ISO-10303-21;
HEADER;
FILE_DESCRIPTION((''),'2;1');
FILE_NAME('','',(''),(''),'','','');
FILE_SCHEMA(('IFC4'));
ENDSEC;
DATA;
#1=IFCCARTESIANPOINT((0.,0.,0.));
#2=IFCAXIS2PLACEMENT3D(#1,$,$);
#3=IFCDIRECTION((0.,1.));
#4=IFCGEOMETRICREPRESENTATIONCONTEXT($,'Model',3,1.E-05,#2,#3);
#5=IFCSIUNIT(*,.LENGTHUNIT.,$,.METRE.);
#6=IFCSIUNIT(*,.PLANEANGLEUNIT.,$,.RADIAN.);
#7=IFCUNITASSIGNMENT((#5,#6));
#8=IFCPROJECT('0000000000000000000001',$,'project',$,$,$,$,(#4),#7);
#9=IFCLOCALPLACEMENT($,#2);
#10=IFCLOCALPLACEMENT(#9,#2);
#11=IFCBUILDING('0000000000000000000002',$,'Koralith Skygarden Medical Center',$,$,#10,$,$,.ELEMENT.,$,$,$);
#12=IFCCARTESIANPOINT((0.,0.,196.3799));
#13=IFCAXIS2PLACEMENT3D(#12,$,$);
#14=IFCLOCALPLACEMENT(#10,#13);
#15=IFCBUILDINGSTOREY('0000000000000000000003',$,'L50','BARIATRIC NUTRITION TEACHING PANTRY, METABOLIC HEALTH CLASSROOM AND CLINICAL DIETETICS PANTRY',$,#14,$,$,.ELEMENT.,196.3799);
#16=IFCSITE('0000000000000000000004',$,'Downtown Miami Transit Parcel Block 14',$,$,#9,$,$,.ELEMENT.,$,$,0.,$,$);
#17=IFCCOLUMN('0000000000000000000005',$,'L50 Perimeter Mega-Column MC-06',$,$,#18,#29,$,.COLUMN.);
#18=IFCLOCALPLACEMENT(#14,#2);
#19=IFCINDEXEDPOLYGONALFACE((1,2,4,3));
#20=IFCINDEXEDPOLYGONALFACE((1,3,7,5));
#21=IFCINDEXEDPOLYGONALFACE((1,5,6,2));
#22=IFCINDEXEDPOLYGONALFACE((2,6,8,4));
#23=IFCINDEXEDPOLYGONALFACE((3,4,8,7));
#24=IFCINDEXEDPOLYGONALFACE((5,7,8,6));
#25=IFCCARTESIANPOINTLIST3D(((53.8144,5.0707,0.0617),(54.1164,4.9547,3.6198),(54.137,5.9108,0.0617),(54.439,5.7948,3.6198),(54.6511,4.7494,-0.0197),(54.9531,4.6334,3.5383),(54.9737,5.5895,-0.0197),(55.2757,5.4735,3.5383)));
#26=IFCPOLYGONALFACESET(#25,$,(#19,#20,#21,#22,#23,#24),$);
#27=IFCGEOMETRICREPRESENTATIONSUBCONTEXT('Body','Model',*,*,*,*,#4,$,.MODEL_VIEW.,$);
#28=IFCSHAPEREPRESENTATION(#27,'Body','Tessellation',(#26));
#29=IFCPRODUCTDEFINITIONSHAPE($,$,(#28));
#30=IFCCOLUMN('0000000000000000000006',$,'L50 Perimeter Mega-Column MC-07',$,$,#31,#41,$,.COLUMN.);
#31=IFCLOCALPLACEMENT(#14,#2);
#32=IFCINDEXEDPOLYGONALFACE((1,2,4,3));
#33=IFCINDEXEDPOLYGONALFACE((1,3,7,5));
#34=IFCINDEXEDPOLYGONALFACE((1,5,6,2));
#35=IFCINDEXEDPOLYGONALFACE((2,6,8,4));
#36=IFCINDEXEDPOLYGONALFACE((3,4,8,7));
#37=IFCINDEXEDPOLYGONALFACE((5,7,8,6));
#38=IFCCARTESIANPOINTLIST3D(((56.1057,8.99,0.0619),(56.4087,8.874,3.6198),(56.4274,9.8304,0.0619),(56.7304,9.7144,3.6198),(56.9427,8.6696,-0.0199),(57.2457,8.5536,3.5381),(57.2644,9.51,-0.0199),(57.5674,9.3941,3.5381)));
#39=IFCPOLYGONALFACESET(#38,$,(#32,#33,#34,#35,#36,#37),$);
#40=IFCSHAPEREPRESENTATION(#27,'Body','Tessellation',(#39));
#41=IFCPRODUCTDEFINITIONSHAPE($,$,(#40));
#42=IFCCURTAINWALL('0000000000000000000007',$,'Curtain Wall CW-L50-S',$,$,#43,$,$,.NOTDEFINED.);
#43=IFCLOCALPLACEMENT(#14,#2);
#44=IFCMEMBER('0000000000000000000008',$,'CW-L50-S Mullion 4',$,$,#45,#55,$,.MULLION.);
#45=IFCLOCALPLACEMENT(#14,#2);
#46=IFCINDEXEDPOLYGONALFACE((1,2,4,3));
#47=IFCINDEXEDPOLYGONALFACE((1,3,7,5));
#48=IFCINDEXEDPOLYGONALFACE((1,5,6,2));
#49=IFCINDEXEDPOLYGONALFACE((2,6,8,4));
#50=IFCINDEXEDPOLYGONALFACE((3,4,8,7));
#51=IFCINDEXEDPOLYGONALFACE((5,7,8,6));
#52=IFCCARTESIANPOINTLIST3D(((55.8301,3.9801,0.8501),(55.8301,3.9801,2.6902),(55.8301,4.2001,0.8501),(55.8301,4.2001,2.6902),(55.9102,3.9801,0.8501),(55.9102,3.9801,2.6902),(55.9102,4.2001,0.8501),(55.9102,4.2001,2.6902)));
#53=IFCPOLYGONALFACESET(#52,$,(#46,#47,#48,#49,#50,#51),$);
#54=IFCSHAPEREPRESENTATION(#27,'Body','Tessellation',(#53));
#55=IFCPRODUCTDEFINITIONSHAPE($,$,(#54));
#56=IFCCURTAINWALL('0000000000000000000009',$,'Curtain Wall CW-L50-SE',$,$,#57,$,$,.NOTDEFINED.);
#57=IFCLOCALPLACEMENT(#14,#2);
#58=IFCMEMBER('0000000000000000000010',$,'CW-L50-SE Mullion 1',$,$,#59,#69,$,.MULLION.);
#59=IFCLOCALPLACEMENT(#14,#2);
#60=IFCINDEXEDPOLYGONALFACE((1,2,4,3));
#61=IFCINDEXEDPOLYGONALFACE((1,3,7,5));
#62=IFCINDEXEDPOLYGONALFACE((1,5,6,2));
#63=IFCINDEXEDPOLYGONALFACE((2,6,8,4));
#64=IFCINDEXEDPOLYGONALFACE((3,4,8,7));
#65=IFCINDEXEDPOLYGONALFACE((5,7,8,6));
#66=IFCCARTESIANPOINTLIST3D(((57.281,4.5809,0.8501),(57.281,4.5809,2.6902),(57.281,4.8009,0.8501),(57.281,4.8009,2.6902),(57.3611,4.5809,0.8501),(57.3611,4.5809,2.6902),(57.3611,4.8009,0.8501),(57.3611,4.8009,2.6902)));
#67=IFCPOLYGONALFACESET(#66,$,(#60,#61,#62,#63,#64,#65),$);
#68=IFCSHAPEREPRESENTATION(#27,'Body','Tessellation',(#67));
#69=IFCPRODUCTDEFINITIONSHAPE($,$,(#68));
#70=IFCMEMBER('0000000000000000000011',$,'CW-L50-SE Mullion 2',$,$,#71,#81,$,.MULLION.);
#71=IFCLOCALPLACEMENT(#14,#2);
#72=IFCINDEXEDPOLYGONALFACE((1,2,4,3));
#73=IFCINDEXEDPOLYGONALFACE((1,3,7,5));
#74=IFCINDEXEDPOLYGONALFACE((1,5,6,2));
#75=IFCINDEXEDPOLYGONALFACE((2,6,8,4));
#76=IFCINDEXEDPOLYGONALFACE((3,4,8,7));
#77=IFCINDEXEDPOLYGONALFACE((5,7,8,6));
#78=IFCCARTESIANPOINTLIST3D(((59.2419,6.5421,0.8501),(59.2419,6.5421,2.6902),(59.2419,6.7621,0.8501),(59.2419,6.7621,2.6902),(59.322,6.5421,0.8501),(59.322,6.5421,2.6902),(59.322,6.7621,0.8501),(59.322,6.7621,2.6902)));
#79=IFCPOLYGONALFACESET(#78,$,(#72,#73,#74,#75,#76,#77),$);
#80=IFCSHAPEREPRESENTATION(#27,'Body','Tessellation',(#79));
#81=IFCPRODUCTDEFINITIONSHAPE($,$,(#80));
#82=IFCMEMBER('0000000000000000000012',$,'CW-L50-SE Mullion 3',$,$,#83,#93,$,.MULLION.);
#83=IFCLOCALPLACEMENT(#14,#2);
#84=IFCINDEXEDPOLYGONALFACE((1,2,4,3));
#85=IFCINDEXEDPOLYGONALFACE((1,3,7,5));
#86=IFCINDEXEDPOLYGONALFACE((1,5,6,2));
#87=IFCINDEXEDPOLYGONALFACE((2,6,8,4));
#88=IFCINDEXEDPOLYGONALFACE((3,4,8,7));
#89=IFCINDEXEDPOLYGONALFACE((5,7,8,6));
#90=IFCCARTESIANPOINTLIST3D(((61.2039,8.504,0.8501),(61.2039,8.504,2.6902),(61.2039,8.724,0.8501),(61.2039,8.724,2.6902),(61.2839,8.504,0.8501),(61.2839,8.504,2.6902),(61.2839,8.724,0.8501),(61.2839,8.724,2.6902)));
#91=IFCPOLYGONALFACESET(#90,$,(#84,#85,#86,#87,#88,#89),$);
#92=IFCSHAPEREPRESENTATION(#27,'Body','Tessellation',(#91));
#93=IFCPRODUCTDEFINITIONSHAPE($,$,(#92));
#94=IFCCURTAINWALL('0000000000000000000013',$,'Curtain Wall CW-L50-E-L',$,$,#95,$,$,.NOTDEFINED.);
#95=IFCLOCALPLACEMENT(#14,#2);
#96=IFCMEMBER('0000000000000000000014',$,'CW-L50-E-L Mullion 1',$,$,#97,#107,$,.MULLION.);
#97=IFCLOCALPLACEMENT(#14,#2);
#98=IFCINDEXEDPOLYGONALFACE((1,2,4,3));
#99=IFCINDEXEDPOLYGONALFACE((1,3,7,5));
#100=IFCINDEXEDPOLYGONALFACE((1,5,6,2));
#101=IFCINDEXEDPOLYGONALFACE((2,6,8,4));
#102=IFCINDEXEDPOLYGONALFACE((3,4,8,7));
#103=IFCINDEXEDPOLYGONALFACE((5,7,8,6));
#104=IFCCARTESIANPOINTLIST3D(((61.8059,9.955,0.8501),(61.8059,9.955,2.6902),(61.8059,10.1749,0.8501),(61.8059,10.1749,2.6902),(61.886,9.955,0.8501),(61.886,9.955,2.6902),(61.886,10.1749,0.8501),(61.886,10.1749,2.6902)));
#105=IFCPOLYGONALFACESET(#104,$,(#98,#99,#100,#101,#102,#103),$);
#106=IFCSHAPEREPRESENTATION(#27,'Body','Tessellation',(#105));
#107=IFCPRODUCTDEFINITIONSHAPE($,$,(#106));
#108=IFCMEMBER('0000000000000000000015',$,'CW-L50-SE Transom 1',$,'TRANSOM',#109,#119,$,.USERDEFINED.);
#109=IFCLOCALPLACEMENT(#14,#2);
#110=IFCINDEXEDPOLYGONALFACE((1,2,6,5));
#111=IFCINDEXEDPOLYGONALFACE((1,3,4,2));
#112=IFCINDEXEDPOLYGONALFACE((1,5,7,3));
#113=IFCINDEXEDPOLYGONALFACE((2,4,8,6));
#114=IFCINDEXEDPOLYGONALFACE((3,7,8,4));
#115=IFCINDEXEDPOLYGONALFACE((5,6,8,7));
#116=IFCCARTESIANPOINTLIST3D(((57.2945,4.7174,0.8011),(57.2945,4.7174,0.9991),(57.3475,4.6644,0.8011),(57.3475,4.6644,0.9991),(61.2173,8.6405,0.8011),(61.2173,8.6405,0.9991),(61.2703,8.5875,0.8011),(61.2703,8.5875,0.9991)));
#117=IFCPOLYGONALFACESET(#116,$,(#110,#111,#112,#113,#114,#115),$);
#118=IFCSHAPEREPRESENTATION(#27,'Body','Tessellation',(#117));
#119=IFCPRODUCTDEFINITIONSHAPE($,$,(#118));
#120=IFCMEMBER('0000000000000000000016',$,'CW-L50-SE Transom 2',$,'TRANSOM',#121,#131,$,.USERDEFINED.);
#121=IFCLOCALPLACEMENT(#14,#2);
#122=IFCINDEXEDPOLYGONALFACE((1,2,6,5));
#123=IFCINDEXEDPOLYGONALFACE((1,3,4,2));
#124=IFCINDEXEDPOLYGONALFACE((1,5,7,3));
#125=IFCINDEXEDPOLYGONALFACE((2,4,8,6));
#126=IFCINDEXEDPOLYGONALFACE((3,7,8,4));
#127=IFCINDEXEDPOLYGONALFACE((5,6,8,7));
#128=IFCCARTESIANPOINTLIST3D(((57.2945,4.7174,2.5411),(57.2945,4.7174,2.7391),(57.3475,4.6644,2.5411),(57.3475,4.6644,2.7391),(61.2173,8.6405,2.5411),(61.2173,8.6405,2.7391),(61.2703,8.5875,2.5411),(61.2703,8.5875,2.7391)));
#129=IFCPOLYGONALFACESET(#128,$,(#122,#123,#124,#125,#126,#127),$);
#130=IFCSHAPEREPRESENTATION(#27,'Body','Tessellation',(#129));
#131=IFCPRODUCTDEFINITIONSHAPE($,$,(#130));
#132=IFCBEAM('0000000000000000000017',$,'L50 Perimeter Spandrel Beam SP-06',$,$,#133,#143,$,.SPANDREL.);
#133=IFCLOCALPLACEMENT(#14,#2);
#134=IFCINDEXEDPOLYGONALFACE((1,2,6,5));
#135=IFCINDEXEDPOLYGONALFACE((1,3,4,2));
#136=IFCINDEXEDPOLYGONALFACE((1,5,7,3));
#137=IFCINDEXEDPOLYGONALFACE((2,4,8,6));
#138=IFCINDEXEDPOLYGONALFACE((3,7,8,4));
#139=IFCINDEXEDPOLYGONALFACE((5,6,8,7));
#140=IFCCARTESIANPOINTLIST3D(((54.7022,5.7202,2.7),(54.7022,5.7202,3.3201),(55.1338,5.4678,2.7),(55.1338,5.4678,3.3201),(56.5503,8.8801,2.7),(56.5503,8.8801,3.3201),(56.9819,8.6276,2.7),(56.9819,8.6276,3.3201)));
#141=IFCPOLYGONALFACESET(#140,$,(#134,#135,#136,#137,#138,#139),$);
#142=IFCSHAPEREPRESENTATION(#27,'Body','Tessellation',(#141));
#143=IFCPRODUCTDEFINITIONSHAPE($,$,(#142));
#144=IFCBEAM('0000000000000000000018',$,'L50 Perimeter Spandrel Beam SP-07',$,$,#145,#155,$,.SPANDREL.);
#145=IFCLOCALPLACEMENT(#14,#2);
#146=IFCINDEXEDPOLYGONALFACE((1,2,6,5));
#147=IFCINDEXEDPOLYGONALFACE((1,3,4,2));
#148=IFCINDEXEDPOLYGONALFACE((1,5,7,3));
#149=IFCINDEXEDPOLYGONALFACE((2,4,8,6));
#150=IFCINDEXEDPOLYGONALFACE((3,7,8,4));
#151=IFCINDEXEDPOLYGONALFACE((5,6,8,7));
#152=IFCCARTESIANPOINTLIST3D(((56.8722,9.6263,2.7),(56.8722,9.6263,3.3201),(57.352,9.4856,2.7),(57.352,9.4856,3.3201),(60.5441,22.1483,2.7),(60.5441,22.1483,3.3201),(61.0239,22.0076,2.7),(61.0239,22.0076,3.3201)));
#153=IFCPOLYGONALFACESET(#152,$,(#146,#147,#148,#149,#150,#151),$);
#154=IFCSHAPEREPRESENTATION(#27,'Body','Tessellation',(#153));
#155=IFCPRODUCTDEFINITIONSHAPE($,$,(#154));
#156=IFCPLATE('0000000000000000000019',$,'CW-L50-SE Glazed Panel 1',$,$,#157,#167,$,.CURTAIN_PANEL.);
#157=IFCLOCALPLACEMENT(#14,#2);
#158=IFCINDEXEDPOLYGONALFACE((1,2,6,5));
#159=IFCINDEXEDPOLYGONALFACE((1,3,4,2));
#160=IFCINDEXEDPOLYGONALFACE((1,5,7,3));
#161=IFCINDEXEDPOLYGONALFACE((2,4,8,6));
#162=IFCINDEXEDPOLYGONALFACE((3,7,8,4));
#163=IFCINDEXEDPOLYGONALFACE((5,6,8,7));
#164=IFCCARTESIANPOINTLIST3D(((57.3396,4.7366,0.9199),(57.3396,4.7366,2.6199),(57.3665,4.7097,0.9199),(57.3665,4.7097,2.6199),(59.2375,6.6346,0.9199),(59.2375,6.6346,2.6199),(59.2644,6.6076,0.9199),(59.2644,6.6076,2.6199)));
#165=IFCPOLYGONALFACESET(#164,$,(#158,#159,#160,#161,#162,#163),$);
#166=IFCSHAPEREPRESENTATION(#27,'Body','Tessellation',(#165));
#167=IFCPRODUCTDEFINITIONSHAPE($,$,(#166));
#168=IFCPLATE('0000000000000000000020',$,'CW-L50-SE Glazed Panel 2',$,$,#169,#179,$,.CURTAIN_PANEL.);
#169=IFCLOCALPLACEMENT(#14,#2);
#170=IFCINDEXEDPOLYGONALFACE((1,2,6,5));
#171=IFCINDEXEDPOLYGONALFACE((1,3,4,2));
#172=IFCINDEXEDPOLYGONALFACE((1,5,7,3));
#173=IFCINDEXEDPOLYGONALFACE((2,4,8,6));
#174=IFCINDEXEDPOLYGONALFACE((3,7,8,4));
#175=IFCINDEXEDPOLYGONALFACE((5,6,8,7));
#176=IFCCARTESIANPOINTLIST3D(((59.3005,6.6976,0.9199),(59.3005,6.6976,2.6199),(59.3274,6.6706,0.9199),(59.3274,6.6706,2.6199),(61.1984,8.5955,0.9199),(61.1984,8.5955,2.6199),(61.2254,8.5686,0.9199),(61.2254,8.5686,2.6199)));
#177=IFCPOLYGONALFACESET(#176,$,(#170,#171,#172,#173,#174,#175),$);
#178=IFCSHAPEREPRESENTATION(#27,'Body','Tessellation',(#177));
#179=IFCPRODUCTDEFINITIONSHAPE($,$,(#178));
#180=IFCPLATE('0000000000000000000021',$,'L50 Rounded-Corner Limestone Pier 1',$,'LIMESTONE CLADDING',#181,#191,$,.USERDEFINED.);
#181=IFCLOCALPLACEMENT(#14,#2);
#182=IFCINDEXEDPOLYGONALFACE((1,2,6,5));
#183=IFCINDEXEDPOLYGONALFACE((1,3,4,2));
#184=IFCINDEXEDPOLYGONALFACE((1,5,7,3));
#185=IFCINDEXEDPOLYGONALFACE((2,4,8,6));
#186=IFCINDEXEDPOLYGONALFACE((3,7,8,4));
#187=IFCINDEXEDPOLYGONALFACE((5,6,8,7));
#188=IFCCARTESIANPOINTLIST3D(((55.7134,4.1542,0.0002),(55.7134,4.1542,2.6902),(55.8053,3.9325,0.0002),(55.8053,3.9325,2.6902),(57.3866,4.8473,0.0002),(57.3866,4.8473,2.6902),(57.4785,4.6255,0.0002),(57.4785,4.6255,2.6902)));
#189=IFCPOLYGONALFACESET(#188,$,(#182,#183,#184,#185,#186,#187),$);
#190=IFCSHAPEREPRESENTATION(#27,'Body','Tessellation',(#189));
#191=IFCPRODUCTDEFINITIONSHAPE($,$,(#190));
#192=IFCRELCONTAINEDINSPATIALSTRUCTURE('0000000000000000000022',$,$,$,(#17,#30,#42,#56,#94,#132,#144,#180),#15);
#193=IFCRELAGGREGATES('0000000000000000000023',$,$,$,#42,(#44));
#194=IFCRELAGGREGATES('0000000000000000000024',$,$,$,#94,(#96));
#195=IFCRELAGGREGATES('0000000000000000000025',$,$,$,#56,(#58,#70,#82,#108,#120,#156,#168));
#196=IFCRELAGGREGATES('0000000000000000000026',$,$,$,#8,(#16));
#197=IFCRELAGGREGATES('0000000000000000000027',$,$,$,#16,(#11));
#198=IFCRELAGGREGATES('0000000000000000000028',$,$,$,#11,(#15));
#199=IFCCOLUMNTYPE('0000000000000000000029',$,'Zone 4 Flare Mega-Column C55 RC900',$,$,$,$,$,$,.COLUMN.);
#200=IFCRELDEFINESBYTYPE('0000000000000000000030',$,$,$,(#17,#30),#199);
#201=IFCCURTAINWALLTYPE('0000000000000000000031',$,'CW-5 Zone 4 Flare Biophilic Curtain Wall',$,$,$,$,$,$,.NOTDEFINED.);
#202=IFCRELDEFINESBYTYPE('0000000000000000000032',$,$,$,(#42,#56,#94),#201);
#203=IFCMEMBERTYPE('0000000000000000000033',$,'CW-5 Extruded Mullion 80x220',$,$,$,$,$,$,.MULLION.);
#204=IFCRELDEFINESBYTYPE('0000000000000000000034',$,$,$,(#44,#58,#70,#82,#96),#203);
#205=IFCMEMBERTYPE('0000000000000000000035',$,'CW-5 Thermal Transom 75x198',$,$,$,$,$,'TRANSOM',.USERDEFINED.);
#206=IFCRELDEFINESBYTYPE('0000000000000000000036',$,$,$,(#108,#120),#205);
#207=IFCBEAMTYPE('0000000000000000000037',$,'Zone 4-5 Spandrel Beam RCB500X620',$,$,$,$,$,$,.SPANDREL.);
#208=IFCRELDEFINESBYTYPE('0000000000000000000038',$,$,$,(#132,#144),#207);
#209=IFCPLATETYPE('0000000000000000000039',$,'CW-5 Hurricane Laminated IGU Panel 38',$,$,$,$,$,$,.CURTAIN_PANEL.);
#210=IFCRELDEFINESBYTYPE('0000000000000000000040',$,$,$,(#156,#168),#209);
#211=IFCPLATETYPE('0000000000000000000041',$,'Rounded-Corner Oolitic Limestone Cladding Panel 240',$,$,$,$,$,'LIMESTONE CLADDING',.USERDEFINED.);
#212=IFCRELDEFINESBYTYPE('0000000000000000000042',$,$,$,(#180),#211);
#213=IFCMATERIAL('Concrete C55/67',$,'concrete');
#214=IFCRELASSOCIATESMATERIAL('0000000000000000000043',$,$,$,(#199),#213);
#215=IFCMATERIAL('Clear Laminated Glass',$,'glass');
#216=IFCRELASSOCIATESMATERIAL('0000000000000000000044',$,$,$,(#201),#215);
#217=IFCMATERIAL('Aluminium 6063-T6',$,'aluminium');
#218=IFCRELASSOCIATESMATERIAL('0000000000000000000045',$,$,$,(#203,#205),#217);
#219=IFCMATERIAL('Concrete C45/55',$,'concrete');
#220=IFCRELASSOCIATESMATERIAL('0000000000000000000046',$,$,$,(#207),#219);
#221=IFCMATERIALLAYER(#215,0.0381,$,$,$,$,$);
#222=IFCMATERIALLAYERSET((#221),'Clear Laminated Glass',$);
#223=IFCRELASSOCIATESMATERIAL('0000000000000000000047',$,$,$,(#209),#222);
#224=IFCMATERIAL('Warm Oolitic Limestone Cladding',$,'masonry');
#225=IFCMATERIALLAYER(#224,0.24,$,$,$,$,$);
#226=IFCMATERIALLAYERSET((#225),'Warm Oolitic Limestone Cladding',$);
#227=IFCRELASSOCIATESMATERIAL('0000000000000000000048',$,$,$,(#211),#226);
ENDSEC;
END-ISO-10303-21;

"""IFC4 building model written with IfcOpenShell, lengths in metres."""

from ifc_helpers import new_model, si_unit, direction, frame, origin, origin_2d, place, context, subcontext, project, spatial, rectangle, extrude, material, layer, layer_set, material_profile, profile_set, type_object, element, aggregate, save


model = new_model("IFC4")

# Units and contexts
model_context = context("Model", 3, precision=1e-05, world=origin(), true_north=direction((0.0, 1.0)))
body_context = subcontext(model_context, "Body", "Model", "MODEL_VIEW")
ifc_project = project(units=[si_unit("LENGTHUNIT", "METRE"), si_unit("PLANEANGLEUNIT", "RADIAN")], contexts=[model_context])

# Site, building, storey
site_placement = place(None, origin())
site = spatial("IfcSite", under=ifc_project, at=site_placement, Name="Downtown Miami Transit Parcel Block 14", CompositionType="ELEMENT", RefElevation=0.0)
building_placement = place(site_placement, origin())
building = spatial("IfcBuilding", under=site, at=building_placement, Name="Koralith Skygarden Medical Center", CompositionType="ELEMENT")
storey_placement = place(building_placement, frame((0.0, 0.0, 196.3799)))
storey = spatial("IfcBuildingStorey", under=building, at=storey_placement, Name="L50", Description="BARIATRIC NUTRITION TEACHING PANTRY, METABOLIC HEALTH CLASSROOM AND CLINICAL DIETETICS PANTRY", CompositionType="ELEMENT", Elevation=196.3799)

# Columns
ifc_material_1 = material(Name="Concrete C55/67", Category="concrete")
ifc_material_profile_1 = material_profile(ifc_material_1, rectangle(XDim=0.8999, YDim=0.8999, at=origin_2d()), Name="RC900X900")
ifc_profile_set_1 = profile_set([ifc_material_profile_1], Name="Concrete C55/67")
column_type = type_object("IfcColumnType", Name="Zone 4 Flare Mega-Column C55 RC900", PredefinedType="COLUMN", material=ifc_profile_set_1)
for number, where, z_axis, x_axis, name in (
    (1, (54.394, 5.3301, 0.021), (0.084529, -0.032458, 0.995892), (0.358473, 0.93354, 0.0), "L50 Perimeter Mega-Column MC-06"),
    (2, (56.6851, 9.25, 0.021), (0.0848, -0.032458, 0.995869), (0.357466, 0.933926, 0.0), "L50 Perimeter Mega-Column MC-07"),
):
    element("IfcColumn", number, at=place(storey_placement, frame(where, z_axis=z_axis, x_axis=x_axis)), inside=storey, type_object=column_type, Name=name, PredefinedType="COLUMN", context=body_context, shape_type="SweptSolid", body=[
        extrude(rectangle(XDim=0.8999, YDim=0.8999, at=origin_2d()), origin(), (0.0, 0.0, 1.0), 3.5728),
    ])

# Curtain wall, member
ifc_material_2 = material(Name="Clear Laminated Glass", Category="glass")
curtain_wall_type = type_object("IfcCurtainWallType", Name="CW-5 Zone 4 Flare Biophilic Curtain Wall", PredefinedType="NOTDEFINED", material=ifc_material_2)
curtain_wall_1_placement = place(storey_placement, origin())
curtain_wall_1 = element("IfcCurtainWall", 3, at=curtain_wall_1_placement, inside=storey, type_object=curtain_wall_type, Name="Curtain Wall CW-L50-S", PredefinedType="NOTDEFINED")
ifc_material_3 = material(Name="Aluminium 6063-T6", Category="aluminium")
ifc_material_profile_2 = material_profile(ifc_material_3, rectangle(XDim=0.0801, YDim=0.22, at=origin_2d()), Name="MUL80X220")
ifc_profile_set_2 = profile_set([ifc_material_profile_2], Name="Aluminium 6063-T6")
member_type_1 = type_object("IfcMemberType", Name="CW-5 Extruded Mullion 80x220", PredefinedType="MULLION", material=ifc_profile_set_2)
member_1_placement = place(storey_placement, frame((55.8701, 4.0901, 0.8501), z_axis=(0.0, 0.0, 1.0), x_axis=(1.0, 0.0, 0.0)))
member_1 = element("IfcMember", 4, at=member_1_placement, type_object=member_type_1, Name="CW-L50-S Mullion 4", PredefinedType="MULLION", context=body_context, shape_type="SweptSolid", body=[
    extrude(rectangle(XDim=0.0801, YDim=0.22, at=origin_2d()), origin(), (0.0, 0.0, 1.0), 1.8401),
])
aggregate(curtain_wall_1, [member_1])

# Curtain wall, members
curtain_wall_2_placement = place(storey_placement, origin())
curtain_wall_2 = element("IfcCurtainWall", 5, at=curtain_wall_2_placement, inside=storey, type_object=curtain_wall_type, Name="Curtain Wall CW-L50-SE", PredefinedType="NOTDEFINED")
member_2_placement = place(storey_placement, frame((57.321, 4.6909, 0.8501), z_axis=(0.0, 0.0, 1.0), x_axis=(1.0, 0.0, 0.0)))
member_2 = element("IfcMember", 6, at=member_2_placement, type_object=member_type_1, Name="CW-L50-SE Mullion 1", PredefinedType="MULLION", context=body_context, shape_type="SweptSolid", body=[
    extrude(rectangle(XDim=0.0801, YDim=0.22, at=origin_2d()), origin(), (0.0, 0.0, 1.0), 1.8401),
])
member_3_placement = place(storey_placement, frame((59.282, 6.6521, 0.8501), z_axis=(0.0, 0.0, 1.0), x_axis=(1.0, 0.0, 0.0)))
member_3 = element("IfcMember", 7, at=member_3_placement, type_object=member_type_1, Name="CW-L50-SE Mullion 2", PredefinedType="MULLION", context=body_context, shape_type="SweptSolid", body=[
    extrude(rectangle(XDim=0.0801, YDim=0.22, at=origin_2d()), origin(), (0.0, 0.0, 1.0), 1.8401),
])
member_4_placement = place(storey_placement, frame((61.2439, 8.614, 0.8501), z_axis=(0.0, 0.0, 1.0), x_axis=(1.0, 0.0, 0.0)))
member_4 = element("IfcMember", 8, at=member_4_placement, type_object=member_type_1, Name="CW-L50-SE Mullion 3", PredefinedType="MULLION", context=body_context, shape_type="SweptSolid", body=[
    extrude(rectangle(XDim=0.0801, YDim=0.22, at=origin_2d()), origin(), (0.0, 0.0, 1.0), 1.8401),
])

# Curtain wall, member
curtain_wall_3_placement = place(storey_placement, origin())
curtain_wall_3 = element("IfcCurtainWall", 9, at=curtain_wall_3_placement, inside=storey, type_object=curtain_wall_type, Name="Curtain Wall CW-L50-E-L", PredefinedType="NOTDEFINED")
member_5_placement = place(storey_placement, frame((61.8459, 10.0649, 0.8501), z_axis=(0.0, 0.0, 1.0), x_axis=(1.0, 0.0, 0.0)))
member_5 = element("IfcMember", 10, at=member_5_placement, type_object=member_type_1, Name="CW-L50-E-L Mullion 1", PredefinedType="MULLION", context=body_context, shape_type="SweptSolid", body=[
    extrude(rectangle(XDim=0.0801, YDim=0.22, at=origin_2d()), origin(), (0.0, 0.0, 1.0), 1.8401),
])
aggregate(curtain_wall_3, [member_5])

# Members
ifc_material_profile_3 = material_profile(ifc_material_3, rectangle(XDim=0.075, YDim=0.198, at=origin_2d()), Name="TRN75X198")
ifc_profile_set_3 = profile_set([ifc_material_profile_3], Name="Aluminium 6063-T6")
member_type_2 = type_object("IfcMemberType", Name="CW-5 Thermal Transom 75x198", ElementType="TRANSOM", PredefinedType="USERDEFINED", material=ifc_profile_set_3)
member_6_placement = place(storey_placement, frame((57.321, 4.6909, 0.9001), z_axis=(0.707085, 0.707129, 0.0), x_axis=(-0.707129, 0.707085, 0.0)))
member_6 = element("IfcMember", 11, at=member_6_placement, type_object=member_type_2, Name="CW-L50-SE Transom 1", ObjectType="TRANSOM", PredefinedType="USERDEFINED", context=body_context, shape_type="SweptSolid", body=[
    extrude(rectangle(XDim=0.075, YDim=0.198, at=origin_2d()), origin(), (0.0, 0.0, 1.0), 5.5479),
])
member_7_placement = place(storey_placement, frame((57.321, 4.6909, 2.6401), z_axis=(0.707085, 0.707129, 0.0), x_axis=(-0.707129, 0.707085, 0.0)))
member_7 = element("IfcMember", 12, at=member_7_placement, type_object=member_type_2, Name="CW-L50-SE Transom 2", ObjectType="TRANSOM", PredefinedType="USERDEFINED", context=body_context, shape_type="SweptSolid", body=[
    extrude(rectangle(XDim=0.075, YDim=0.198, at=origin_2d()), origin(), (0.0, 0.0, 1.0), 5.5479),
])

# Beams
ifc_material_4 = material(Name="Concrete C45/55", Category="concrete")
ifc_material_profile_4 = material_profile(ifc_material_4, rectangle(XDim=0.5, YDim=0.6201, at=origin_2d()), Name="RCB500X620")
ifc_profile_set_4 = profile_set([ifc_material_profile_4], Name="Concrete C45/55")
beam_type = type_object("IfcBeamType", Name="Zone 4-5 Spandrel Beam RCB500X620", PredefinedType="SPANDREL", material=ifc_profile_set_4)
beam_1_placement = place(storey_placement, frame((54.918, 5.594, 3.01), z_axis=(0.504862, 0.8632, 0.0), x_axis=(-0.8632, 0.504862, 0.0)))
element("IfcBeam", 13, at=beam_1_placement, inside=storey, type_object=beam_type, Name="L50 Perimeter Spandrel Beam SP-06", PredefinedType="SPANDREL", context=body_context, shape_type="SweptSolid", body=[
    extrude(rectangle(XDim=0.5, YDim=0.6201, at=origin_2d()), origin(), (0.0, 0.0, 1.0), 3.6606),
])
beam_2_placement = place(storey_placement, frame((57.1121, 9.5559, 3.01), z_axis=(0.281386, 0.959595, 0.0), x_axis=(-0.959595, 0.281386, 0.0)))
element("IfcBeam", 14, at=beam_2_placement, inside=storey, type_object=beam_type, Name="L50 Perimeter Spandrel Beam SP-07", PredefinedType="SPANDREL", context=body_context, shape_type="SweptSolid", body=[
    extrude(rectangle(XDim=0.5, YDim=0.6201, at=origin_2d()), origin(), (0.0, 0.0, 1.0), 13.0493),
])

# Plates
ifc_layer_1 = layer(ifc_material_2, 0.0381)
ifc_layer_set_1 = layer_set([ifc_layer_1], Name="Clear Laminated Glass")
plate_type_1 = type_object("IfcPlateType", Name="CW-5 Hurricane Laminated IGU Panel 38", PredefinedType="CURTAIN_PANEL", material=ifc_layer_set_1)
plate_1_placement = place(storey_placement, frame((58.302, 5.6721, 0.9199), z_axis=(0.0, 0.0, 1.0), x_axis=(0.707107, 0.707107, 0.0)))
plate_1 = element("IfcPlate", 15, at=plate_1_placement, type_object=plate_type_1, Name="CW-L50-SE Glazed Panel 1", PredefinedType="CURTAIN_PANEL", context=body_context, shape_type="SweptSolid", body=[
    extrude(rectangle(XDim=2.6841, YDim=0.0381, at=origin_2d()), origin(), (0.0, 0.0, 1.0), 1.7),
])
plate_2_placement = place(storey_placement, frame((60.2629, 7.6331, 0.9199), z_axis=(0.0, 0.0, 1.0), x_axis=(0.707107, 0.707107, 0.0)))
plate_2 = element("IfcPlate", 16, at=plate_2_placement, type_object=plate_type_1, Name="CW-L50-SE Glazed Panel 2", PredefinedType="CURTAIN_PANEL", context=body_context, shape_type="SweptSolid", body=[
    extrude(rectangle(XDim=2.6841, YDim=0.0381, at=origin_2d()), origin(), (0.0, 0.0, 1.0), 1.7),
])
aggregate(curtain_wall_2, [member_2, member_3, member_4, member_6, member_7, plate_1, plate_2])

# Plate
ifc_material_5 = material(Name="Warm Oolitic Limestone Cladding", Category="masonry")
ifc_layer_2 = layer(ifc_material_5, 0.24)
ifc_layer_set_2 = layer_set([ifc_layer_2], Name="Warm Oolitic Limestone Cladding")
plate_type_2 = type_object("IfcPlateType", Name="Rounded-Corner Oolitic Limestone Cladding Panel 240", ElementType="LIMESTONE CLADDING", PredefinedType="USERDEFINED", material=ifc_layer_set_2)
for number, where, z_axis, x_axis, name in (
    (17, (56.5959, 4.3899, 0.0002), (0.0, 0.0, 1.0), (0.923885, 0.382671, 0.0), "L50 Rounded-Corner Limestone Pier 1"),
):
    element("IfcPlate", number, at=place(storey_placement, frame(where, z_axis=z_axis, x_axis=x_axis)), inside=storey, type_object=plate_type_2, Name=name, ObjectType="LIMESTONE CLADDING", PredefinedType="USERDEFINED", context=body_context, shape_type="SweptSolid", body=[
        extrude(rectangle(XDim=1.811, YDim=0.24, at=origin_2d()), origin(), (0.0, 0.0, 1.0), 2.6899),
    ])

save(model, "model.ifc")
